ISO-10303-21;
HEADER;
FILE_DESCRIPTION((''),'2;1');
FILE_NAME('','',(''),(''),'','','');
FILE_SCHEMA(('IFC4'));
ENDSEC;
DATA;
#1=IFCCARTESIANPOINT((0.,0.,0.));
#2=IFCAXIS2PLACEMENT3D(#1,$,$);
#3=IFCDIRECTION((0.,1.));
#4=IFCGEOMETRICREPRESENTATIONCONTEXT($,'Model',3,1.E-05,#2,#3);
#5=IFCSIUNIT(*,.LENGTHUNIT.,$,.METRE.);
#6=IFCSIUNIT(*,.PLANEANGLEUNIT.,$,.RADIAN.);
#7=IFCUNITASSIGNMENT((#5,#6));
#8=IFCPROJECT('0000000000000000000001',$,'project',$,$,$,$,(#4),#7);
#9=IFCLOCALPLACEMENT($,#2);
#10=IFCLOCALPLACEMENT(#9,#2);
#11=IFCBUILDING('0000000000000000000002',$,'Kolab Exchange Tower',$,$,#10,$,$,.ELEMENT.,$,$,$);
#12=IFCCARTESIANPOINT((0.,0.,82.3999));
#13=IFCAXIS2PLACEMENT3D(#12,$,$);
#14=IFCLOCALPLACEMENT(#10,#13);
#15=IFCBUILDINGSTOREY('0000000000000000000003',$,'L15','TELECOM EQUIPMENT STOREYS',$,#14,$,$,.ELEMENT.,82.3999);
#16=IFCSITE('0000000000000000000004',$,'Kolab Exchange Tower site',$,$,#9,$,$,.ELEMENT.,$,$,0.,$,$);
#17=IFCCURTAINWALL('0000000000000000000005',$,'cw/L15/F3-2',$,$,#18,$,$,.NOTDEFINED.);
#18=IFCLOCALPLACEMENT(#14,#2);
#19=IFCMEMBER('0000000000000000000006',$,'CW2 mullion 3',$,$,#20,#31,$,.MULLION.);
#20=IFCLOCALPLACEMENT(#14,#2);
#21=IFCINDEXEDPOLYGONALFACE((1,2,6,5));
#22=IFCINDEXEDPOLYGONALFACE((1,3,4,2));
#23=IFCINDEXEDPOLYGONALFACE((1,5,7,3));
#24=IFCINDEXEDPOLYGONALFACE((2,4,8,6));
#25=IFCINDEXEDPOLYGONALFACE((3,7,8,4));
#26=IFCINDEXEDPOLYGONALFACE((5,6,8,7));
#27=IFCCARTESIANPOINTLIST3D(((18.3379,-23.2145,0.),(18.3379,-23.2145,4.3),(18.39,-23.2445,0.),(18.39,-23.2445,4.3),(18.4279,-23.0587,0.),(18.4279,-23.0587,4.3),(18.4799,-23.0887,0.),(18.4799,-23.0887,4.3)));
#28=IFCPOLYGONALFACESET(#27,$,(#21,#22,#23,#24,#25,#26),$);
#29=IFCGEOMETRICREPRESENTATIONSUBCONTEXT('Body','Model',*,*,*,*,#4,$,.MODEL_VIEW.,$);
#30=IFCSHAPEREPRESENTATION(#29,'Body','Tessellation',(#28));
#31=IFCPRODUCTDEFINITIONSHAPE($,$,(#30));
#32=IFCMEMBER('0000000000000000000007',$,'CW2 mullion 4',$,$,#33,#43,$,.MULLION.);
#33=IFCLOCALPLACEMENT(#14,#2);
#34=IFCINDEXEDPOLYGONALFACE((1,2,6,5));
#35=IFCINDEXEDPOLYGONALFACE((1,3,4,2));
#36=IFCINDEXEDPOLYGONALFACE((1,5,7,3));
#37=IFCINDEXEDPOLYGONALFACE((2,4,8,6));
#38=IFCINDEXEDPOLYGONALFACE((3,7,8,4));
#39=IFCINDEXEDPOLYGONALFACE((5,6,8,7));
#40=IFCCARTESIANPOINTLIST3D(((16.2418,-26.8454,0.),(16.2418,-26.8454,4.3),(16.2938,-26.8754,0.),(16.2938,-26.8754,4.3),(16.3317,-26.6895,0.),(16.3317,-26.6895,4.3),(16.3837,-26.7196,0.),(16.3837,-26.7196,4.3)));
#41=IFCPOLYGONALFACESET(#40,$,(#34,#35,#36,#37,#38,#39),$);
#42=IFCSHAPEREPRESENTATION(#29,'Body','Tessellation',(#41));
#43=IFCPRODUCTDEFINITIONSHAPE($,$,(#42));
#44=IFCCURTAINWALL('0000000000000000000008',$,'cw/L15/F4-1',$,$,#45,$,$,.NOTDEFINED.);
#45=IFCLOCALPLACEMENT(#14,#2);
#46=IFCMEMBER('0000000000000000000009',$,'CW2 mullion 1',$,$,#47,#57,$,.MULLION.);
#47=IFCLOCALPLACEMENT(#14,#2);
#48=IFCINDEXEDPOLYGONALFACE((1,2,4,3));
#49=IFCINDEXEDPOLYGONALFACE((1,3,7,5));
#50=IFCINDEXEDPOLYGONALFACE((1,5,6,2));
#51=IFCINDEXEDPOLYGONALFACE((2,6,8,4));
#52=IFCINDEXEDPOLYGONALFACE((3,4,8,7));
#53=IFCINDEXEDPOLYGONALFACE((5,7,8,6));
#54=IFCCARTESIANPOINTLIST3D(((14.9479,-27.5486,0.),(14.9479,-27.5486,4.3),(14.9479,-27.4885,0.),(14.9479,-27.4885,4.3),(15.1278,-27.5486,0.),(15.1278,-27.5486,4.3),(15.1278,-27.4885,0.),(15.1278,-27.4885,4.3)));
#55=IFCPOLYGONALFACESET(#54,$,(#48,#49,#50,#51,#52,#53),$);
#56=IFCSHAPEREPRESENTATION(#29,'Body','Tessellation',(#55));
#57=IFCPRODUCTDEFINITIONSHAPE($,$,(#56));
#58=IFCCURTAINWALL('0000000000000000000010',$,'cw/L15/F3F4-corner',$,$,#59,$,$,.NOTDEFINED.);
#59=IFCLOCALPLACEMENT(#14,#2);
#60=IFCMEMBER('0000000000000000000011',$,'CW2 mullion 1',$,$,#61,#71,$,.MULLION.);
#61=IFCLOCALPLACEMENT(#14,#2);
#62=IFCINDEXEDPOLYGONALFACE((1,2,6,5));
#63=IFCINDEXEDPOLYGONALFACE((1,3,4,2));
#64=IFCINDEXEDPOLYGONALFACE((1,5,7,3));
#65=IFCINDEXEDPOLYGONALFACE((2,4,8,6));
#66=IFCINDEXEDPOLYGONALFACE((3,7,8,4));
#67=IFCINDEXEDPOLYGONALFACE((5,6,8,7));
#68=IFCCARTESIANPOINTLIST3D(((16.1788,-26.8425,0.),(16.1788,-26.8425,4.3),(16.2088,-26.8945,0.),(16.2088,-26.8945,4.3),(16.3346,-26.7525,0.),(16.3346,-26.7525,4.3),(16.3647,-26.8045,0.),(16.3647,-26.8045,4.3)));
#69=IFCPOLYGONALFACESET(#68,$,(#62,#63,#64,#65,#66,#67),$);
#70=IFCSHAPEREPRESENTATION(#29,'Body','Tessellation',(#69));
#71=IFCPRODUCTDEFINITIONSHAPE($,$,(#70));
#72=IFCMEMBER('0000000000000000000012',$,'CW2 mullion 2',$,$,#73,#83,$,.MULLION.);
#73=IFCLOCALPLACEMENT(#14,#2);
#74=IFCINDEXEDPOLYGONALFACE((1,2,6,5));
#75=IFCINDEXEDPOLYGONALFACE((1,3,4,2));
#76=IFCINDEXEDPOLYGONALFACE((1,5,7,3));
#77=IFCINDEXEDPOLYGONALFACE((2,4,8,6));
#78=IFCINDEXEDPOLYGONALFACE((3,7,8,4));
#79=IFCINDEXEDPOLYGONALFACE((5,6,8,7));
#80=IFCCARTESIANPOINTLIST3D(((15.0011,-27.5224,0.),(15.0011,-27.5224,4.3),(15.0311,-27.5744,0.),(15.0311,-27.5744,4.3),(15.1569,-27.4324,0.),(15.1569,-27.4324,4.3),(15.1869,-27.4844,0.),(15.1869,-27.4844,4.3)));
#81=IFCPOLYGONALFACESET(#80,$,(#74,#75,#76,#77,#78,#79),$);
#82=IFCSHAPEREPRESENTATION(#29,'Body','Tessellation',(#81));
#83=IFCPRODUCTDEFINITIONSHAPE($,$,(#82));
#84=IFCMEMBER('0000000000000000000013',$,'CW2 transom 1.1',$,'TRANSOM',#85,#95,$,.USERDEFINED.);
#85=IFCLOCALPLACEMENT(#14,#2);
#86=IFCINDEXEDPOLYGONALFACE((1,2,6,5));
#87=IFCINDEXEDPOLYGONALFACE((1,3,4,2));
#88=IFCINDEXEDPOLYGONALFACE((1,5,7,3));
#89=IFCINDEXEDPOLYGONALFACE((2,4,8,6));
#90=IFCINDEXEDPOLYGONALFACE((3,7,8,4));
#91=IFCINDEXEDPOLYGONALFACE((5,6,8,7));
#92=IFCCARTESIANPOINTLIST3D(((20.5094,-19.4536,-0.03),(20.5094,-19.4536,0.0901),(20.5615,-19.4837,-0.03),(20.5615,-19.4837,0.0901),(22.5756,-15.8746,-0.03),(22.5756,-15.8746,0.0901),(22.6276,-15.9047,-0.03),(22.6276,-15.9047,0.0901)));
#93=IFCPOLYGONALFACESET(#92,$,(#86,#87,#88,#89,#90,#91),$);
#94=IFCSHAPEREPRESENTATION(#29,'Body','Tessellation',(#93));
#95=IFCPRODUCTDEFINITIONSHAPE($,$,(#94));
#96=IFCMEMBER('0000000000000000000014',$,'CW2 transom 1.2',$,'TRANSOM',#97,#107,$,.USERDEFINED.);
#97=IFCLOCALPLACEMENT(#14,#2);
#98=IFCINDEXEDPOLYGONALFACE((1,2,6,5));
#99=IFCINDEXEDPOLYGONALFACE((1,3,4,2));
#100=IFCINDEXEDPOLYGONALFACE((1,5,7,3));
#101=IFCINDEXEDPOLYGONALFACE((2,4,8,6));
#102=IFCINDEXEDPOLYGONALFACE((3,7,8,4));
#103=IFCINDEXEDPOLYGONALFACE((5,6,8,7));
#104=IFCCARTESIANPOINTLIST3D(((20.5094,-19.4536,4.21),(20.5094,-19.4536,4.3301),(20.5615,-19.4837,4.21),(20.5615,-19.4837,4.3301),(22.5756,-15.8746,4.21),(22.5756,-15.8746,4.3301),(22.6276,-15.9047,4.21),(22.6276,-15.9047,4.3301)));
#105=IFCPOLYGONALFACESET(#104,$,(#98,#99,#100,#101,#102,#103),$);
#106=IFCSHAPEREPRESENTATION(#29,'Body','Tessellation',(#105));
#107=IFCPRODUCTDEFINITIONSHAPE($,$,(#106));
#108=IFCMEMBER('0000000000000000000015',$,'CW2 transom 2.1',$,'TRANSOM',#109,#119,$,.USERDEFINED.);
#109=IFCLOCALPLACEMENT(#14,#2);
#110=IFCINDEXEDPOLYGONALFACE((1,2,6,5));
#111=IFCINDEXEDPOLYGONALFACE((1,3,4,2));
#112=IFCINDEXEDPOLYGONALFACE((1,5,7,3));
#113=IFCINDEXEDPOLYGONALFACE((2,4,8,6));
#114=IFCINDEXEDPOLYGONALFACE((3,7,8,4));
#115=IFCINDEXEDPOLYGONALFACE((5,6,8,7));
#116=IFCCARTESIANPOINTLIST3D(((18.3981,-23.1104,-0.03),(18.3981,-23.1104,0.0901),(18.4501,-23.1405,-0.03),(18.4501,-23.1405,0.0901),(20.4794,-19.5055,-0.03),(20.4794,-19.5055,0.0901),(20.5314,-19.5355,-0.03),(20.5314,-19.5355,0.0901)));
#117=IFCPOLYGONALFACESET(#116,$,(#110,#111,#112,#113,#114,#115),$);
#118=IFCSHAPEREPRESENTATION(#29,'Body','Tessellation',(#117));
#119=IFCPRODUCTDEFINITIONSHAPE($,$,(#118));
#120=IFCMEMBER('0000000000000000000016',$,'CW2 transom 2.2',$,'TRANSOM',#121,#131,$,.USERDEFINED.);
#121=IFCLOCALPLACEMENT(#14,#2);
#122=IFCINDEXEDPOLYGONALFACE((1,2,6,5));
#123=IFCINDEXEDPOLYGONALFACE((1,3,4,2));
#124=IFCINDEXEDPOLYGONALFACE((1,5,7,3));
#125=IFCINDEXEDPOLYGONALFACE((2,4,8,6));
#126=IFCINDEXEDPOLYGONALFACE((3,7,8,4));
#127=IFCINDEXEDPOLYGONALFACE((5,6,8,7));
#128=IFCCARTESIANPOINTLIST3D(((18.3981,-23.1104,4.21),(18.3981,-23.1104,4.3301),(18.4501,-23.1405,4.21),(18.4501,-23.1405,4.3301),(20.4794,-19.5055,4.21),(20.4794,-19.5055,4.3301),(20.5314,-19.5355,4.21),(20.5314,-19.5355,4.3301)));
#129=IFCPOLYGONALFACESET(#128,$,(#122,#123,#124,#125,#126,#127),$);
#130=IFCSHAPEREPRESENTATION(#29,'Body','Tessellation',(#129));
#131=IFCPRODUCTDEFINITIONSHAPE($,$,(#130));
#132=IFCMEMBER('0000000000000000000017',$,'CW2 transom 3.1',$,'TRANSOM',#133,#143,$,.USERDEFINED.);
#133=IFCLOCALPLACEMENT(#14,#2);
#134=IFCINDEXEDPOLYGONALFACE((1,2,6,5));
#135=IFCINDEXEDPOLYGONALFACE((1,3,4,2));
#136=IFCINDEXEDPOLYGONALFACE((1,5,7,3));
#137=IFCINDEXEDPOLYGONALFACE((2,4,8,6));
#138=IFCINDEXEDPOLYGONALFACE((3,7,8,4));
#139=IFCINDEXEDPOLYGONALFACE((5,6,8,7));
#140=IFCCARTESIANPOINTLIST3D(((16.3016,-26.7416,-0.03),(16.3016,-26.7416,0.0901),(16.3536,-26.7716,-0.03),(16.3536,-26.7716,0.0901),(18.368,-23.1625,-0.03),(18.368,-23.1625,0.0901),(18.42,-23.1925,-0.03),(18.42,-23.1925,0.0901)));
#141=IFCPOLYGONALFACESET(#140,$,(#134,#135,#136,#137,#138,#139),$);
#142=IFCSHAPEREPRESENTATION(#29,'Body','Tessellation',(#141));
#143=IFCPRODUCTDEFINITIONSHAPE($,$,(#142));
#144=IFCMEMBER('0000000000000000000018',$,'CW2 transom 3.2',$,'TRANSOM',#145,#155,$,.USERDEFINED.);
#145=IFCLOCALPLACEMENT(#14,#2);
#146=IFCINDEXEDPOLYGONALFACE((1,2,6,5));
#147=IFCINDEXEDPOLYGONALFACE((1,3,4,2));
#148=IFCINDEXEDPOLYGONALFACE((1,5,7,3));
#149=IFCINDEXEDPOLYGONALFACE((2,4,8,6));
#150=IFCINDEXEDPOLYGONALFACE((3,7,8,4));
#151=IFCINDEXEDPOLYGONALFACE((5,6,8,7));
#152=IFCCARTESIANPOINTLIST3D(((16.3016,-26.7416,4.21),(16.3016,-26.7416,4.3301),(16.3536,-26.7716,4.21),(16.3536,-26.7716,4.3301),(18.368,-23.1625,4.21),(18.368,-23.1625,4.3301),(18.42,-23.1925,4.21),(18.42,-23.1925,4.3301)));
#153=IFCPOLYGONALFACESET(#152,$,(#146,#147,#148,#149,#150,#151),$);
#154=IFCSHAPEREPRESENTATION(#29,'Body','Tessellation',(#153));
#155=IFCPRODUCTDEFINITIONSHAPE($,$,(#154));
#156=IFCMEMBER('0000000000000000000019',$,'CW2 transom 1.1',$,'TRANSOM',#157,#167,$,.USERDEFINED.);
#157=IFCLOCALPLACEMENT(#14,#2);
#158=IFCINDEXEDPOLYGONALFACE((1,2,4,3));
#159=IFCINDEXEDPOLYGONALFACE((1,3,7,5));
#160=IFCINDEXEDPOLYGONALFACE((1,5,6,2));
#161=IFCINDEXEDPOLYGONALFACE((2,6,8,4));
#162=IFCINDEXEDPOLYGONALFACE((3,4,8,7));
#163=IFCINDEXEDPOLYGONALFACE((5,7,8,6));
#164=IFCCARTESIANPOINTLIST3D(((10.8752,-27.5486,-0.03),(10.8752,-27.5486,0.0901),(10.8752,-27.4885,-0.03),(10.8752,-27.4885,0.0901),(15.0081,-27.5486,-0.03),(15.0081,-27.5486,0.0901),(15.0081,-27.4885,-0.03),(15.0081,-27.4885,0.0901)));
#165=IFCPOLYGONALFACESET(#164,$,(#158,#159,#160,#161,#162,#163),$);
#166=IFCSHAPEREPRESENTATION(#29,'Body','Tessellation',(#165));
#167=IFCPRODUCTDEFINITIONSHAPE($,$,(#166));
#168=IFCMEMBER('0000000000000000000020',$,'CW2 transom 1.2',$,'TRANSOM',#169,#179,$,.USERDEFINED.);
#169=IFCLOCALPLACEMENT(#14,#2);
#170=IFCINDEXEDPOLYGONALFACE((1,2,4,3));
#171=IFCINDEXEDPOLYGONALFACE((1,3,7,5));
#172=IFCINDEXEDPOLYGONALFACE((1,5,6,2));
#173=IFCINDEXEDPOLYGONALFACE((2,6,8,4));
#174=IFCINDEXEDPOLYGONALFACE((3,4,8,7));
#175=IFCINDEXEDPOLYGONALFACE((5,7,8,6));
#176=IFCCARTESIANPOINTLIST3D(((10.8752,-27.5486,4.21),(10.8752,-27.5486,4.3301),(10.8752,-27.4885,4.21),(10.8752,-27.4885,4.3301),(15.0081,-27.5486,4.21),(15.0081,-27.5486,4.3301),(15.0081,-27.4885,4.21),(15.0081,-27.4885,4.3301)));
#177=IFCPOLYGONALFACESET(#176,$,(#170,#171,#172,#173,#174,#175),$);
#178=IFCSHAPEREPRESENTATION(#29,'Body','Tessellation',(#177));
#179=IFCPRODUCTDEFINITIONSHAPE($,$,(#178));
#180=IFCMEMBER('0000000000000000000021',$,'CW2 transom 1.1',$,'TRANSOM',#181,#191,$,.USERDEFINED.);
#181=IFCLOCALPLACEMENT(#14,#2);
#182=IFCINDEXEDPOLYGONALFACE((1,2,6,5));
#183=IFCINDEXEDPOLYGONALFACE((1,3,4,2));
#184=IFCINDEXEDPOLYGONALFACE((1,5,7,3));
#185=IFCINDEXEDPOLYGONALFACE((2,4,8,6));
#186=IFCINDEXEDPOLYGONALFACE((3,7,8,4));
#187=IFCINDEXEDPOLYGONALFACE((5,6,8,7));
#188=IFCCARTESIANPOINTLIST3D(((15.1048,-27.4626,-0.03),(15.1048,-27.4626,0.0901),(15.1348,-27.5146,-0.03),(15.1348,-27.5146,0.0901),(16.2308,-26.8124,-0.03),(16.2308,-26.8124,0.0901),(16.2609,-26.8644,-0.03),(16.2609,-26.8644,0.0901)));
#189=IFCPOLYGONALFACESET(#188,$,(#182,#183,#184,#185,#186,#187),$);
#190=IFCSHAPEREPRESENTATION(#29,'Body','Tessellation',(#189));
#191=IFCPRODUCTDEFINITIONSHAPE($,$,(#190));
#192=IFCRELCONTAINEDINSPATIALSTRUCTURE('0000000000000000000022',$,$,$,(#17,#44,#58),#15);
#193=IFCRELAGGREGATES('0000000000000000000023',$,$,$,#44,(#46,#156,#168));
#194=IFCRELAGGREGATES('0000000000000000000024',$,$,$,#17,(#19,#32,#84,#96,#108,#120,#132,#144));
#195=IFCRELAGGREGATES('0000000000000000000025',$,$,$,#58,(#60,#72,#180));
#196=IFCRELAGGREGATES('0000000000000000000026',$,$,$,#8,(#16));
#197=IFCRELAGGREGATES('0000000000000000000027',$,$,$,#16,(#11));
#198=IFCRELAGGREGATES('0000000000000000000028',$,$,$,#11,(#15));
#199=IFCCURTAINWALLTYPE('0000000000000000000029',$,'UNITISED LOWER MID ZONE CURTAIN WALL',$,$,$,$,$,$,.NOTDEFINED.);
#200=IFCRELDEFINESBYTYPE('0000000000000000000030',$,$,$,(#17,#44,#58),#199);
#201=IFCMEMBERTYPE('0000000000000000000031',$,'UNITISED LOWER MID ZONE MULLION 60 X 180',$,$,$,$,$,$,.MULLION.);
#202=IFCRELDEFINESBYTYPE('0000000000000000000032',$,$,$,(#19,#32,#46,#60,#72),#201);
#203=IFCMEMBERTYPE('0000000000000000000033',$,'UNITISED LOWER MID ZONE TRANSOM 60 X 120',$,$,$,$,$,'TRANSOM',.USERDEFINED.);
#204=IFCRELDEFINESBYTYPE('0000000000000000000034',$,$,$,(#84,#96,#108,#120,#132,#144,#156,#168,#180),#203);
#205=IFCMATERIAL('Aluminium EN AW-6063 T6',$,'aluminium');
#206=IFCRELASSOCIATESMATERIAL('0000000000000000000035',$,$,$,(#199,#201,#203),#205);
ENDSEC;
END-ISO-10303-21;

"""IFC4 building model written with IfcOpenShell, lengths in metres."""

from ifc_helpers import new_model, si_unit, direction, frame, origin, origin_2d, place, context, subcontext, project, spatial, rectangle, extrude, material, material_profile, profile_set, type_object, element, aggregate, save


model = new_model("IFC4")

# Units and contexts
model_context = context("Model", 3, precision=1e-05, world=origin(), true_north=direction((0.0, 1.0)))
body_context = subcontext(model_context, "Body", "Model", "MODEL_VIEW")
ifc_project = project(units=[si_unit("LENGTHUNIT", "METRE"), si_unit("PLANEANGLEUNIT", "RADIAN")], contexts=[model_context])

# Site, building, storey
site_placement = place(None, origin())
site = spatial("IfcSite", under=ifc_project, at=site_placement, Name="Kolab Exchange Tower site", CompositionType="ELEMENT", RefElevation=0.0)
building_placement = place(site_placement, origin())
building = spatial("IfcBuilding", under=site, at=building_placement, Name="Kolab Exchange Tower", CompositionType="ELEMENT")
storey_placement = place(building_placement, frame((0.0, 0.0, 82.3999)))
storey = spatial("IfcBuildingStorey", under=building, at=storey_placement, Name="L15", Description="TELECOM EQUIPMENT STOREYS", CompositionType="ELEMENT", Elevation=82.3999)

# Curtain wall, members
ifc_material_1 = material(Name="Aluminium EN AW-6063 T6", Category="aluminium")
curtain_wall_type = type_object("IfcCurtainWallType", Name="UNITISED LOWER MID ZONE CURTAIN WALL", PredefinedType="NOTDEFINED", material=ifc_material_1)
curtain_wall_1_placement = place(storey_placement, origin())
curtain_wall_1 = element("IfcCurtainWall", 1, at=curtain_wall_1_placement, inside=storey, type_object=curtain_wall_type, Name="cw/L15/F3-2", PredefinedType="NOTDEFINED")
ifc_material_profile_1 = material_profile(ifc_material_1, rectangle(XDim=0.0601, YDim=0.1799, at=origin_2d()), Name="RECT 60X180")
ifc_profile_set_1 = profile_set([ifc_material_profile_1], Name="Aluminium EN AW-6063 T6")
member_type_1 = type_object("IfcMemberType", Name="UNITISED LOWER MID ZONE MULLION 60 X 180", PredefinedType="MULLION", material=ifc_profile_set_1)
member_1_placement = place(storey_placement, frame((18.4089, -23.1516, 0.0), z_axis=(0.0, 0.0, 1.0), x_axis=(0.866025, -0.5, 0.0)))
member_1 = element("IfcMember", 2, at=member_1_placement, type_object=member_type_1, Name="CW2 mullion 3", PredefinedType="MULLION", context=body_context, shape_type="SweptSolid", body=[
    extrude(rectangle(XDim=0.0601, YDim=0.1799, at=origin_2d()), origin(), (0.0, 0.0, 1.0), 4.3),
])
member_2_placement = place(storey_placement, frame((16.3127, -26.7825, 0.0), z_axis=(0.0, 0.0, 1.0), x_axis=(0.866025, -0.5, 0.0)))
member_2 = element("IfcMember", 3, at=member_2_placement, type_object=member_type_1, Name="CW2 mullion 4", PredefinedType="MULLION", context=body_context, shape_type="SweptSolid", body=[
    extrude(rectangle(XDim=0.0601, YDim=0.1799, at=origin_2d()), origin(), (0.0, 0.0, 1.0), 4.3),
])

# Curtain wall, member
curtain_wall_2_placement = place(storey_placement, origin())
curtain_wall_2 = element("IfcCurtainWall", 4, at=curtain_wall_2_placement, inside=storey, type_object=curtain_wall_type, Name="cw/L15/F4-1", PredefinedType="NOTDEFINED")
member_3_placement = place(storey_placement, frame((15.0378, -27.5186, 0.0), z_axis=(0.0, 0.0, 1.0), x_axis=(0.0, -1.0, 0.0)))
member_3 = element("IfcMember", 5, at=member_3_placement, type_object=member_type_1, Name="CW2 mullion 1", PredefinedType="MULLION", context=body_context, shape_type="SweptSolid", body=[
    extrude(rectangle(XDim=0.0601, YDim=0.1799, at=origin_2d()), origin(), (0.0, 0.0, 1.0), 4.3),
])

# Curtain wall, members
curtain_wall_3_placement = place(storey_placement, origin())
curtain_wall_3 = element("IfcCurtainWall", 6, at=curtain_wall_3_placement, inside=storey, type_object=curtain_wall_type, Name="cw/L15/F3F4-corner", PredefinedType="NOTDEFINED")
member_4_placement = place(storey_placement, frame((16.2717, -26.8235, 0.0), z_axis=(0.0, 0.0, 1.0), x_axis=(0.5, -0.866025, 0.0)))
member_4 = element("IfcMember", 7, at=member_4_placement, type_object=member_type_1, Name="CW2 mullion 1", PredefinedType="MULLION", context=body_context, shape_type="SweptSolid", body=[
    extrude(rectangle(XDim=0.0601, YDim=0.1799, at=origin_2d()), origin(), (0.0, 0.0, 1.0), 4.3),
])
member_5_placement = place(storey_placement, frame((15.094, -27.5034, 0.0), z_axis=(0.0, 0.0, 1.0), x_axis=(0.5, -0.866025, 0.0)))
member_5 = element("IfcMember", 8, at=member_5_placement, type_object=member_type_1, Name="CW2 mullion 2", PredefinedType="MULLION", context=body_context, shape_type="SweptSolid", body=[
    extrude(rectangle(XDim=0.0601, YDim=0.1799, at=origin_2d()), origin(), (0.0, 0.0, 1.0), 4.3),
])

# Members
ifc_material_profile_2 = material_profile(ifc_material_1, rectangle(XDim=0.0601, YDim=0.1201, at=origin_2d()), Name="RECT 60X120")
ifc_profile_set_2 = profile_set([ifc_material_profile_2], Name="Aluminium EN AW-6063 T6")
member_type_2 = type_object("IfcMemberType", Name="UNITISED LOWER MID ZONE TRANSOM 60 X 120", ElementType="TRANSOM", PredefinedType="USERDEFINED", material=ifc_profile_set_2)
member_6_placement = place(storey_placement, frame((22.6016, -15.8896, 0.03), z_axis=(-0.499958, -0.86605, 0.0), x_axis=(0.86605, -0.499958, 0.0)))
member_6 = element("IfcMember", 9, at=member_6_placement, type_object=member_type_2, Name="CW2 transom 1.1", ObjectType="TRANSOM", PredefinedType="USERDEFINED", context=body_context, shape_type="SweptSolid", body=[
    extrude(rectangle(XDim=0.0601, YDim=0.1201, at=origin_2d()), origin(), (0.0, 0.0, 1.0), 4.1326),
])
member_7_placement = place(storey_placement, frame((22.6016, -15.8896, 4.27), z_axis=(-0.499958, -0.86605, 0.0), x_axis=(0.86605, -0.499958, 0.0)))
member_7 = element("IfcMember", 10, at=member_7_placement, type_object=member_type_2, Name="CW2 transom 1.2", ObjectType="TRANSOM", PredefinedType="USERDEFINED", context=body_context, shape_type="SweptSolid", body=[
    extrude(rectangle(XDim=0.0601, YDim=0.1201, at=origin_2d()), origin(), (0.0, 0.0, 1.0), 4.1326),
])
member_8_placement = place(storey_placement, frame((20.5054, -19.5205, 0.03), z_axis=(-0.499993, -0.866029, 0.0), x_axis=(0.866029, -0.499993, 0.0)))
member_8 = element("IfcMember", 11, at=member_8_placement, type_object=member_type_2, Name="CW2 transom 2.1", ObjectType="TRANSOM", PredefinedType="USERDEFINED", context=body_context, shape_type="SweptSolid", body=[
    extrude(rectangle(XDim=0.0601, YDim=0.1201, at=origin_2d()), origin(), (0.0, 0.0, 1.0), 4.1626),
])
member_9_placement = place(storey_placement, frame((20.5054, -19.5205, 4.27), z_axis=(-0.499993, -0.866029, 0.0), x_axis=(0.866029, -0.499993, 0.0)))
member_9 = element("IfcMember", 12, at=member_9_placement, type_object=member_type_2, Name="CW2 transom 2.2", ObjectType="TRANSOM", PredefinedType="USERDEFINED", context=body_context, shape_type="SweptSolid", body=[
    extrude(rectangle(XDim=0.0601, YDim=0.1201, at=origin_2d()), origin(), (0.0, 0.0, 1.0), 4.1626),
])
member_10_placement = place(storey_placement, frame((18.394, -23.1775, 0.03), z_axis=(-0.500002, -0.866024, 0.0), x_axis=(0.866024, -0.500002, 0.0)))
member_10 = element("IfcMember", 13, at=member_10_placement, type_object=member_type_2, Name="CW2 transom 3.1", ObjectType="TRANSOM", PredefinedType="USERDEFINED", context=body_context, shape_type="SweptSolid", body=[
    extrude(rectangle(XDim=0.0601, YDim=0.1201, at=origin_2d()), origin(), (0.0, 0.0, 1.0), 4.1328),
])
member_11_placement = place(storey_placement, frame((18.394, -23.1775, 4.27), z_axis=(-0.500002, -0.866024, 0.0), x_axis=(0.866024, -0.500002, 0.0)))
member_11 = element("IfcMember", 14, at=member_11_placement, type_object=member_type_2, Name="CW2 transom 3.2", ObjectType="TRANSOM", PredefinedType="USERDEFINED", context=body_context, shape_type="SweptSolid", body=[
    extrude(rectangle(XDim=0.0601, YDim=0.1201, at=origin_2d()), origin(), (0.0, 0.0, 1.0), 4.1328),
])
member_12_placement = place(storey_placement, frame((15.0081, -27.5186, 0.03), z_axis=(-1.0, 0.0, 0.0), x_axis=(0.0, -1.0, 0.0)))
member_12 = element("IfcMember", 15, at=member_12_placement, type_object=member_type_2, Name="CW2 transom 1.1", ObjectType="TRANSOM", PredefinedType="USERDEFINED", context=body_context, shape_type="SweptSolid", body=[
    extrude(rectangle(XDim=0.0601, YDim=0.1201, at=origin_2d()), origin(), (0.0, 0.0, 1.0), 4.1328),
])
member_13_placement = place(storey_placement, frame((15.0081, -27.5186, 4.27), z_axis=(-1.0, 0.0, 0.0), x_axis=(0.0, -1.0, 0.0)))
member_13 = element("IfcMember", 16, at=member_13_placement, type_object=member_type_2, Name="CW2 transom 1.2", ObjectType="TRANSOM", PredefinedType="USERDEFINED", context=body_context, shape_type="SweptSolid", body=[
    extrude(rectangle(XDim=0.0601, YDim=0.1201, at=origin_2d()), origin(), (0.0, 0.0, 1.0), 4.1328),
])
aggregate(curtain_wall_2, [member_3, member_12, member_13])
member_14_placement = place(storey_placement, frame((16.2458, -26.8384, 0.03), z_axis=(-0.866004, -0.500037, 0.0), x_axis=(0.500037, -0.866004, 0.0)))
member_14 = element("IfcMember", 17, at=member_14_placement, type_object=member_type_2, Name="CW2 transom 1.1", ObjectType="TRANSOM", PredefinedType="USERDEFINED", context=body_context, shape_type="SweptSolid", body=[
    extrude(rectangle(XDim=0.0601, YDim=0.1201, at=origin_2d()), origin(), (0.0, 0.0, 1.0), 1.3003),
])

aggregate(curtain_wall_1, [member_1, member_2, member_6, member_7, member_8, member_9, member_10, member_11])
aggregate(curtain_wall_3, [member_4, member_5, member_14])

save(model, "model.ifc")
